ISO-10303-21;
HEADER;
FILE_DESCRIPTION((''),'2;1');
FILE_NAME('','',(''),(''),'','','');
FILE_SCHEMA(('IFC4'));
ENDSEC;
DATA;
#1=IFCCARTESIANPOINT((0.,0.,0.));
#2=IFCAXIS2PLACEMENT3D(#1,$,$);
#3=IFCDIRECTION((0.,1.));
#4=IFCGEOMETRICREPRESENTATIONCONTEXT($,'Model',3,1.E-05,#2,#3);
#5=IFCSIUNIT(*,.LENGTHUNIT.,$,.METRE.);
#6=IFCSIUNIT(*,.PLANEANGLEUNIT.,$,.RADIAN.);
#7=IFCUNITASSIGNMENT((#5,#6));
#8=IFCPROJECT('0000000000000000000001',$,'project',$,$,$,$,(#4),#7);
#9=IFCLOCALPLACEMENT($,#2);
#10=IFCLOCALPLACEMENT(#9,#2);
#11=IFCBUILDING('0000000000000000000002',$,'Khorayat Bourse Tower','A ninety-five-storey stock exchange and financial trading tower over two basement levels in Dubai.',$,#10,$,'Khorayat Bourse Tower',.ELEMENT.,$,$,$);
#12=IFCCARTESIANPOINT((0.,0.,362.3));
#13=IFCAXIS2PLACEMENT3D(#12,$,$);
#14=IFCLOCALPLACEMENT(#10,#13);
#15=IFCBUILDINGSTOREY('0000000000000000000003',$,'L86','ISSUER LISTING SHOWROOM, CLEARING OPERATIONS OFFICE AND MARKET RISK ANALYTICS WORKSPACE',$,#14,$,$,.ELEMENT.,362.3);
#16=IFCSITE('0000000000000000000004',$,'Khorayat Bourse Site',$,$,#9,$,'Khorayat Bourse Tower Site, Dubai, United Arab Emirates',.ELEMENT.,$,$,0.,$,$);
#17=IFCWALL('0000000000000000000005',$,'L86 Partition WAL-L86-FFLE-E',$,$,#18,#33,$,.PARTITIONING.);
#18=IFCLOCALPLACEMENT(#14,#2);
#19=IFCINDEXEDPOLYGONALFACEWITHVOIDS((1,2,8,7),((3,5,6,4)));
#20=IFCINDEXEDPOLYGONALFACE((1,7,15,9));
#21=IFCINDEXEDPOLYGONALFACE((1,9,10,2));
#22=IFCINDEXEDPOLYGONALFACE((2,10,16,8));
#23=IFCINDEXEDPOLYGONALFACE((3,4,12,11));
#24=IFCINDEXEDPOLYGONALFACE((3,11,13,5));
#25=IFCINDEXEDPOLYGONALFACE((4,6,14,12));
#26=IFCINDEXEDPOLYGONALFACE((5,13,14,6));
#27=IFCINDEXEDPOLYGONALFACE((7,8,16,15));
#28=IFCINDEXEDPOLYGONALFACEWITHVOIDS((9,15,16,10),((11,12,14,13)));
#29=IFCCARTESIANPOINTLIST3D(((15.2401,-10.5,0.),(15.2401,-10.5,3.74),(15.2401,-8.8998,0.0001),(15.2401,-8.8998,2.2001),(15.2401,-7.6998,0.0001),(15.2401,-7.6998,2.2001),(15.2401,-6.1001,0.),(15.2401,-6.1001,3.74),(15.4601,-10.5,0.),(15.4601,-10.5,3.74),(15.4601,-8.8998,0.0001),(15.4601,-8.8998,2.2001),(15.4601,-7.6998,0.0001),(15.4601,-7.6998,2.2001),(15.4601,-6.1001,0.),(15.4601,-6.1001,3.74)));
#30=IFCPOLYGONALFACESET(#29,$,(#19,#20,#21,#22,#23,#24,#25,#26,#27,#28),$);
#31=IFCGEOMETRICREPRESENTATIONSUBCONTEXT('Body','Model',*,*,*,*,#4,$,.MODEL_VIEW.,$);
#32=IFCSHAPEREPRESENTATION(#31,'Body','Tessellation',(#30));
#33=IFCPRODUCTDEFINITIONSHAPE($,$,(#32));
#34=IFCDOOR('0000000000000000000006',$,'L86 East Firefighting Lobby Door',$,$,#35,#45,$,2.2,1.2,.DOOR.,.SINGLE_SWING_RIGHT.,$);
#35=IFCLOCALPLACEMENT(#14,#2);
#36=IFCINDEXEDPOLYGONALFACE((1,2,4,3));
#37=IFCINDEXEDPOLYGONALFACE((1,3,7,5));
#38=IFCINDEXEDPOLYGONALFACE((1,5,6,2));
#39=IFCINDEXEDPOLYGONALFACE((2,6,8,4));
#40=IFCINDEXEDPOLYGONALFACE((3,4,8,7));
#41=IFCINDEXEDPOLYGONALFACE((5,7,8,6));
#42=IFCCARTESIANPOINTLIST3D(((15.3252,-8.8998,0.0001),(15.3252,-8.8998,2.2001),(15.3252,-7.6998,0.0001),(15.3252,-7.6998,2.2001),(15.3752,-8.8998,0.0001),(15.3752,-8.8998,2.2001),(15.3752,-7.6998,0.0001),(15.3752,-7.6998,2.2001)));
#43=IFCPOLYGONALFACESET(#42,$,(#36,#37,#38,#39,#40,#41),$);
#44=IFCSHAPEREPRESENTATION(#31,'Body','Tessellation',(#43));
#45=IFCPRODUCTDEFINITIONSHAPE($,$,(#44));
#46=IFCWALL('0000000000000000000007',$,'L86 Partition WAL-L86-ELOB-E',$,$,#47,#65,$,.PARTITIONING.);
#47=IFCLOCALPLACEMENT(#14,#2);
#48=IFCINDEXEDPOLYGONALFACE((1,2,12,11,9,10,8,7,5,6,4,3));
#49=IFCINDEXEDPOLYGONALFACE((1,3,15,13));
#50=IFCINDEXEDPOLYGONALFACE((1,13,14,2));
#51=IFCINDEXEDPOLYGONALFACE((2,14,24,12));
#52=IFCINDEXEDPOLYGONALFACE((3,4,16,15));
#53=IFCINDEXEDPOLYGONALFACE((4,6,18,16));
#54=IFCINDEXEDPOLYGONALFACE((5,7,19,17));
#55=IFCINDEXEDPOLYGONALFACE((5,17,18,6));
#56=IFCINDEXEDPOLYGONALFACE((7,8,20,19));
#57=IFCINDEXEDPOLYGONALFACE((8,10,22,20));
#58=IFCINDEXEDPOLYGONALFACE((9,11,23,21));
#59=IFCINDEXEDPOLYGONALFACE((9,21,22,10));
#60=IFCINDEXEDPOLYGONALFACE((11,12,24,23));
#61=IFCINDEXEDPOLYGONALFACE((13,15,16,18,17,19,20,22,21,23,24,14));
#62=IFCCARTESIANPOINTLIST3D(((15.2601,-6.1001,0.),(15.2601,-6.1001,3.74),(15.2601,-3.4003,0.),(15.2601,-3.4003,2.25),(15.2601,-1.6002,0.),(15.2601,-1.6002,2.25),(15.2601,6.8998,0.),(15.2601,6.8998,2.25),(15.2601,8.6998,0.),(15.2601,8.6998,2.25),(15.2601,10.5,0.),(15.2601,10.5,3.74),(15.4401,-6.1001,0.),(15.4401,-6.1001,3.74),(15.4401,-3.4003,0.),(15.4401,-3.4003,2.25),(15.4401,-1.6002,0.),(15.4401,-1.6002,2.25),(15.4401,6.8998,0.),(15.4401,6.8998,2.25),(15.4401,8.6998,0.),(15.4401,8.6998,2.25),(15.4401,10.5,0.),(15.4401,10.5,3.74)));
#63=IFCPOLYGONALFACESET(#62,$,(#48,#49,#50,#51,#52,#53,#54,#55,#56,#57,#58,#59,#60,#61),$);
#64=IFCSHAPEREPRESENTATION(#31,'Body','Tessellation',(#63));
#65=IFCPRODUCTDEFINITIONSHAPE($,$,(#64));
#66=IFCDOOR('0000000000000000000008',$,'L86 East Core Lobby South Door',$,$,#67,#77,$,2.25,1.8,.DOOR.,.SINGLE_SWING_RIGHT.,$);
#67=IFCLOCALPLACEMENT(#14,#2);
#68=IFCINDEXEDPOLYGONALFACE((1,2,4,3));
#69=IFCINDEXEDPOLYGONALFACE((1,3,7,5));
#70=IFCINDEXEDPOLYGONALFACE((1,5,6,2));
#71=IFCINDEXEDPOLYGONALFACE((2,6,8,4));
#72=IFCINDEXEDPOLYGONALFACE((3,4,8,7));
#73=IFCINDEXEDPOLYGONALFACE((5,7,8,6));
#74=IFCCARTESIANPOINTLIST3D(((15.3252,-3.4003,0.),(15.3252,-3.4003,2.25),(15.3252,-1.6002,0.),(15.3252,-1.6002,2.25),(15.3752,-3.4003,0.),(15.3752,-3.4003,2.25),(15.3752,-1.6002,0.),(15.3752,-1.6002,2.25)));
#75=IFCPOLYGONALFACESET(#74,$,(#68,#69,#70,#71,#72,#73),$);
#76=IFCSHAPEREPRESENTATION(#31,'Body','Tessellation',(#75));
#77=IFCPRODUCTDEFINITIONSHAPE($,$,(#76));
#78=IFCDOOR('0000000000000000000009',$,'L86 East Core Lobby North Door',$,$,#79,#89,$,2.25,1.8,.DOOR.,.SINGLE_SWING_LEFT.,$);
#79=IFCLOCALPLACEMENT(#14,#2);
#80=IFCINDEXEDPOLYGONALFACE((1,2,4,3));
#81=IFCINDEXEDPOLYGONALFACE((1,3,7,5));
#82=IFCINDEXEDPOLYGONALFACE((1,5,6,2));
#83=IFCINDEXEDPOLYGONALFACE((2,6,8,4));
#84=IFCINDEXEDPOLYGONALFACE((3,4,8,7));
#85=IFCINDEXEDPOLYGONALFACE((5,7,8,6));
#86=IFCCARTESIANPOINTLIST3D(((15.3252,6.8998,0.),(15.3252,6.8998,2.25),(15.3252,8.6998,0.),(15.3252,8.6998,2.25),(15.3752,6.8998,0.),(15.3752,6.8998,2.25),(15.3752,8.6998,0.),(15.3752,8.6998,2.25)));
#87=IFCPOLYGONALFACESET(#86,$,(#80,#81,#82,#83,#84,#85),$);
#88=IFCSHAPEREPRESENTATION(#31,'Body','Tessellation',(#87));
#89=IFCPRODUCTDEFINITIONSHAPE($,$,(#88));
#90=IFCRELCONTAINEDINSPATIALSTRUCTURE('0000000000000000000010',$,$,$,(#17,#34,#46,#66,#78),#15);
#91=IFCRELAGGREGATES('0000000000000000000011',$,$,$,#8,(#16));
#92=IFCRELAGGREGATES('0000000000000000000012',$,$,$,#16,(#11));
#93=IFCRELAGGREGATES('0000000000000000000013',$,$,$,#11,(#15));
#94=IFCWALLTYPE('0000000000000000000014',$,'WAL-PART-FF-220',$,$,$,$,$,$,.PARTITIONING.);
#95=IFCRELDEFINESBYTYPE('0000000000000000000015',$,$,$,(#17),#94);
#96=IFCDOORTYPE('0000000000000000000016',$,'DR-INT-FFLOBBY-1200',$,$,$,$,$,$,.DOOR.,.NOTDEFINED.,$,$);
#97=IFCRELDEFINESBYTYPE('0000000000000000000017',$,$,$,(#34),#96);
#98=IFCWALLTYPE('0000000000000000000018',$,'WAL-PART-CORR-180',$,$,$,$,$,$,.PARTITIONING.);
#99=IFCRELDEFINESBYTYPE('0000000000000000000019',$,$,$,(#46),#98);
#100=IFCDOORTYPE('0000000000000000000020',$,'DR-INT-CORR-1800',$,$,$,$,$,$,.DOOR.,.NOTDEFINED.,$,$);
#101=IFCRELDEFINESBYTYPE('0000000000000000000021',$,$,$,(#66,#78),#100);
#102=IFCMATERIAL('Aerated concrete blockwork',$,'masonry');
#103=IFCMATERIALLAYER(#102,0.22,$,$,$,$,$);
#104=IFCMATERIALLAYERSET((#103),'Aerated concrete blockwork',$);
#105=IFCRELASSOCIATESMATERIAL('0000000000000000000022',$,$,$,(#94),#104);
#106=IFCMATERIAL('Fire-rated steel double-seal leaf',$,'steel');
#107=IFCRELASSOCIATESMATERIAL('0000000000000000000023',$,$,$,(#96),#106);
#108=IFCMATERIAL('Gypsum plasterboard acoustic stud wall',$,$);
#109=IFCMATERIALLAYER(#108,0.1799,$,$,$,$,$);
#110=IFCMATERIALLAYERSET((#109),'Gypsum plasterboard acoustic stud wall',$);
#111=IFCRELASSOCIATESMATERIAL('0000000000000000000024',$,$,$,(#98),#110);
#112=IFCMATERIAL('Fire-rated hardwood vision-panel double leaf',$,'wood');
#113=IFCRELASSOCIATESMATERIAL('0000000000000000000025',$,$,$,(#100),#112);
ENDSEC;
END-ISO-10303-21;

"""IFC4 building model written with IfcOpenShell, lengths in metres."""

from ifc_helpers import new_model, si_unit, direction, frame, frame_2d, origin, place, context, subcontext, project, spatial, rectangle, extrude, source, transform, mapped, material, layer, layer_set, type_object, element, fill, save


model = new_model("IFC4")

# Units and contexts
model_context = context("Model", 3, precision=1e-05, world=origin(), true_north=direction((0.0, 1.0)))
body_context = subcontext(model_context, "Body", "Model", "MODEL_VIEW")
ifc_project = project(units=[si_unit("LENGTHUNIT", "METRE"), si_unit("PLANEANGLEUNIT", "RADIAN")], contexts=[model_context])

# Site, building, storey
site_placement = place(None, origin())
site = spatial("IfcSite", under=ifc_project, at=site_placement, Name="Khorayat Bourse Site", LongName="Khorayat Bourse Tower Site, Dubai, United Arab Emirates", CompositionType="ELEMENT", RefElevation=0.0)
building_placement = place(site_placement, origin())
building = spatial("IfcBuilding", under=site, at=building_placement, Name="Khorayat Bourse Tower", Description="A ninety-five-storey stock exchange and financial trading tower over two basement levels in Dubai.", LongName="Khorayat Bourse Tower", CompositionType="ELEMENT")
storey_placement = place(building_placement, frame((0.0, 0.0, 362.3)))
storey = spatial("IfcBuildingStorey", under=building, at=storey_placement, Name="L86", Description="ISSUER LISTING SHOWROOM, CLEARING OPERATIONS OFFICE AND MARKET RISK ANALYTICS WORKSPACE", CompositionType="ELEMENT", Elevation=362.3)

# Shared definitions
ifc_material_1 = material(Name="Aerated concrete blockwork", Category="masonry")
ifc_layer_1 = layer(ifc_material_1, 0.22)
ifc_layer_set_1 = layer_set([ifc_layer_1], Name="Aerated concrete blockwork")
wall_type_1 = type_object("IfcWallType", Name="WAL-PART-FF-220", PredefinedType="PARTITIONING", material=ifc_layer_set_1)

# Wall, opening, door
shared_shape_1 = source(origin(), body_context, "Body", "SweptSolid", [
    extrude(rectangle(XDim=4.3999, YDim=0.22, at=frame_2d((2.2, 0.0))), origin(), (0.0, 0.0, 1.0), 3.74),
])
wall_1_placement = place(storey_placement, frame((15.3501, -10.5, 0.0), z_axis=(0.0, 0.0, 1.0), x_axis=(0.0, 1.0, 0.0)))
wall_1 = element("IfcWall", 1, at=wall_1_placement, inside=storey, type_object=wall_type_1, Name="L86 Partition WAL-L86-FFLE-E", PredefinedType="PARTITIONING", context=body_context, shape_type="MappedRepresentation", body=[
    mapped(shared_shape_1, transform((0.0, 0.0, 0.0), scale=1.0)),
])
shared_shape_2 = source(origin(), body_context, "Body", "SweptSolid", [
    extrude(rectangle(XDim=1.2, YDim=2.2, at=frame_2d((0.6001, 1.1001))), frame((0.0, 0.1199, 0.0), z_axis=(0.0, -1.0, 0.0), x_axis=(1.0, 0.0, 0.0)), (0.0, 0.0, 1.0), 0.24),
])
opening_1_placement = place(wall_1_placement, frame((1.6001, 0.0, 0.0)))
opening_1 = element("IfcOpeningElement", 2, at=opening_1_placement, cuts=wall_1, PredefinedType="OPENING", context=body_context, shape_type="MappedRepresentation", body=[
    mapped(shared_shape_2, transform((0.0, 0.0, 0.0), scale=1.0)),
])
ifc_material_2 = material(Name="Fire-rated steel double-seal leaf", Category="steel")
door_type_1 = type_object("IfcDoorType", Name="DR-INT-FFLOBBY-1200", OperationType="NOTDEFINED", PredefinedType="DOOR", material=ifc_material_2)
shared_shape_3 = source(origin(), body_context, "Body", "SweptSolid", [
    extrude(rectangle(XDim=1.2, YDim=2.2, at=frame_2d((0.6001, 1.1001))), frame((0.0, 0.0249, 0.0), z_axis=(0.0, -1.0, 0.0), x_axis=(1.0, 0.0, 0.0)), (0.0, 0.0, 1.0), 0.05),
])
door_1_placement = place(opening_1_placement, origin())
door_1 = element("IfcDoor", 3, at=door_1_placement, inside=storey, type_object=door_type_1, Name="L86 East Firefighting Lobby Door", OperationType="SINGLE_SWING_RIGHT", OverallHeight=2.2, OverallWidth=1.2, PredefinedType="DOOR", context=body_context, shape_type="MappedRepresentation", body=[
    mapped(shared_shape_3, transform((0.0, 0.0, 0.0), scale=1.0)),
])
fill(opening_1, door_1)

# Wall, openings, doors
ifc_material_3 = material(Name="Gypsum plasterboard acoustic stud wall")
ifc_layer_2 = layer(ifc_material_3, 0.1799)
ifc_layer_set_2 = layer_set([ifc_layer_2], Name="Gypsum plasterboard acoustic stud wall")
wall_type_2 = type_object("IfcWallType", Name="WAL-PART-CORR-180", PredefinedType="PARTITIONING", material=ifc_layer_set_2)
shared_shape_4 = source(origin(), body_context, "Body", "SweptSolid", [
    extrude(rectangle(XDim=16.6001, YDim=0.1799, at=frame_2d((8.3, 0.0))), origin(), (0.0, 0.0, 1.0), 3.74),
])
wall_2_placement = place(storey_placement, frame((15.3501, -6.1001, 0.0), z_axis=(0.0, 0.0, 1.0), x_axis=(0.0, 1.0, 0.0)))
wall_2 = element("IfcWall", 4, at=wall_2_placement, inside=storey, type_object=wall_type_2, Name="L86 Partition WAL-L86-ELOB-E", PredefinedType="PARTITIONING", context=body_context, shape_type="MappedRepresentation", body=[
    mapped(shared_shape_4, transform((0.0, 0.0, 0.0), scale=1.0)),
])
shared_shape_5 = source(origin(), body_context, "Body", "SweptSolid", [
    extrude(rectangle(XDim=1.8, YDim=2.25, at=frame_2d((0.8999, 1.125))), frame((0.0, 0.0999, 0.0), z_axis=(0.0, -1.0, 0.0), x_axis=(1.0, 0.0, 0.0)), (0.0, 0.0, 1.0), 0.2),
])
opening_2_placement = place(wall_2_placement, frame((2.7, 0.0, 0.0)))
opening_2 = element("IfcOpeningElement", 5, at=opening_2_placement, cuts=wall_2, PredefinedType="OPENING", context=body_context, shape_type="MappedRepresentation", body=[
    mapped(shared_shape_5, transform((0.0, 0.0, 0.0), scale=1.0)),
])
opening_3_placement = place(wall_2_placement, frame((13.0, 0.0, 0.0)))
opening_3 = element("IfcOpeningElement", 6, at=opening_3_placement, cuts=wall_2, PredefinedType="OPENING", context=body_context, shape_type="MappedRepresentation", body=[
    mapped(shared_shape_5, transform((0.0, 0.0, 0.0), scale=1.0)),
])
ifc_material_4 = material(Name="Fire-rated hardwood vision-panel double leaf", Category="wood")
door_type_2 = type_object("IfcDoorType", Name="DR-INT-CORR-1800", OperationType="NOTDEFINED", PredefinedType="DOOR", material=ifc_material_4)
shared_shape_6 = source(origin(), body_context, "Body", "SweptSolid", [
    extrude(rectangle(XDim=1.8, YDim=2.25, at=frame_2d((0.8999, 1.125))), frame((0.0, 0.0249, 0.0), z_axis=(0.0, -1.0, 0.0), x_axis=(1.0, 0.0, 0.0)), (0.0, 0.0, 1.0), 0.05),
])
door_2_placement = place(opening_2_placement, origin())
door_2 = element("IfcDoor", 7, at=door_2_placement, inside=storey, type_object=door_type_2, Name="L86 East Core Lobby South Door", OperationType="SINGLE_SWING_RIGHT", OverallHeight=2.25, OverallWidth=1.8, PredefinedType="DOOR", context=body_context, shape_type="MappedRepresentation", body=[
    mapped(shared_shape_6, transform((0.0, 0.0, 0.0), scale=1.0)),
])
fill(opening_2, door_2)
door_3_placement = place(opening_3_placement, origin())
door_3 = element("IfcDoor", 8, at=door_3_placement, inside=storey, type_object=door_type_2, Name="L86 East Core Lobby North Door", OperationType="SINGLE_SWING_LEFT", OverallHeight=2.25, OverallWidth=1.8, PredefinedType="DOOR", context=body_context, shape_type="MappedRepresentation", body=[
    mapped(shared_shape_6, transform((0.0, 0.0, 0.0), scale=1.0)),
])
fill(opening_3, door_3)

save(model, "model.ifc")
